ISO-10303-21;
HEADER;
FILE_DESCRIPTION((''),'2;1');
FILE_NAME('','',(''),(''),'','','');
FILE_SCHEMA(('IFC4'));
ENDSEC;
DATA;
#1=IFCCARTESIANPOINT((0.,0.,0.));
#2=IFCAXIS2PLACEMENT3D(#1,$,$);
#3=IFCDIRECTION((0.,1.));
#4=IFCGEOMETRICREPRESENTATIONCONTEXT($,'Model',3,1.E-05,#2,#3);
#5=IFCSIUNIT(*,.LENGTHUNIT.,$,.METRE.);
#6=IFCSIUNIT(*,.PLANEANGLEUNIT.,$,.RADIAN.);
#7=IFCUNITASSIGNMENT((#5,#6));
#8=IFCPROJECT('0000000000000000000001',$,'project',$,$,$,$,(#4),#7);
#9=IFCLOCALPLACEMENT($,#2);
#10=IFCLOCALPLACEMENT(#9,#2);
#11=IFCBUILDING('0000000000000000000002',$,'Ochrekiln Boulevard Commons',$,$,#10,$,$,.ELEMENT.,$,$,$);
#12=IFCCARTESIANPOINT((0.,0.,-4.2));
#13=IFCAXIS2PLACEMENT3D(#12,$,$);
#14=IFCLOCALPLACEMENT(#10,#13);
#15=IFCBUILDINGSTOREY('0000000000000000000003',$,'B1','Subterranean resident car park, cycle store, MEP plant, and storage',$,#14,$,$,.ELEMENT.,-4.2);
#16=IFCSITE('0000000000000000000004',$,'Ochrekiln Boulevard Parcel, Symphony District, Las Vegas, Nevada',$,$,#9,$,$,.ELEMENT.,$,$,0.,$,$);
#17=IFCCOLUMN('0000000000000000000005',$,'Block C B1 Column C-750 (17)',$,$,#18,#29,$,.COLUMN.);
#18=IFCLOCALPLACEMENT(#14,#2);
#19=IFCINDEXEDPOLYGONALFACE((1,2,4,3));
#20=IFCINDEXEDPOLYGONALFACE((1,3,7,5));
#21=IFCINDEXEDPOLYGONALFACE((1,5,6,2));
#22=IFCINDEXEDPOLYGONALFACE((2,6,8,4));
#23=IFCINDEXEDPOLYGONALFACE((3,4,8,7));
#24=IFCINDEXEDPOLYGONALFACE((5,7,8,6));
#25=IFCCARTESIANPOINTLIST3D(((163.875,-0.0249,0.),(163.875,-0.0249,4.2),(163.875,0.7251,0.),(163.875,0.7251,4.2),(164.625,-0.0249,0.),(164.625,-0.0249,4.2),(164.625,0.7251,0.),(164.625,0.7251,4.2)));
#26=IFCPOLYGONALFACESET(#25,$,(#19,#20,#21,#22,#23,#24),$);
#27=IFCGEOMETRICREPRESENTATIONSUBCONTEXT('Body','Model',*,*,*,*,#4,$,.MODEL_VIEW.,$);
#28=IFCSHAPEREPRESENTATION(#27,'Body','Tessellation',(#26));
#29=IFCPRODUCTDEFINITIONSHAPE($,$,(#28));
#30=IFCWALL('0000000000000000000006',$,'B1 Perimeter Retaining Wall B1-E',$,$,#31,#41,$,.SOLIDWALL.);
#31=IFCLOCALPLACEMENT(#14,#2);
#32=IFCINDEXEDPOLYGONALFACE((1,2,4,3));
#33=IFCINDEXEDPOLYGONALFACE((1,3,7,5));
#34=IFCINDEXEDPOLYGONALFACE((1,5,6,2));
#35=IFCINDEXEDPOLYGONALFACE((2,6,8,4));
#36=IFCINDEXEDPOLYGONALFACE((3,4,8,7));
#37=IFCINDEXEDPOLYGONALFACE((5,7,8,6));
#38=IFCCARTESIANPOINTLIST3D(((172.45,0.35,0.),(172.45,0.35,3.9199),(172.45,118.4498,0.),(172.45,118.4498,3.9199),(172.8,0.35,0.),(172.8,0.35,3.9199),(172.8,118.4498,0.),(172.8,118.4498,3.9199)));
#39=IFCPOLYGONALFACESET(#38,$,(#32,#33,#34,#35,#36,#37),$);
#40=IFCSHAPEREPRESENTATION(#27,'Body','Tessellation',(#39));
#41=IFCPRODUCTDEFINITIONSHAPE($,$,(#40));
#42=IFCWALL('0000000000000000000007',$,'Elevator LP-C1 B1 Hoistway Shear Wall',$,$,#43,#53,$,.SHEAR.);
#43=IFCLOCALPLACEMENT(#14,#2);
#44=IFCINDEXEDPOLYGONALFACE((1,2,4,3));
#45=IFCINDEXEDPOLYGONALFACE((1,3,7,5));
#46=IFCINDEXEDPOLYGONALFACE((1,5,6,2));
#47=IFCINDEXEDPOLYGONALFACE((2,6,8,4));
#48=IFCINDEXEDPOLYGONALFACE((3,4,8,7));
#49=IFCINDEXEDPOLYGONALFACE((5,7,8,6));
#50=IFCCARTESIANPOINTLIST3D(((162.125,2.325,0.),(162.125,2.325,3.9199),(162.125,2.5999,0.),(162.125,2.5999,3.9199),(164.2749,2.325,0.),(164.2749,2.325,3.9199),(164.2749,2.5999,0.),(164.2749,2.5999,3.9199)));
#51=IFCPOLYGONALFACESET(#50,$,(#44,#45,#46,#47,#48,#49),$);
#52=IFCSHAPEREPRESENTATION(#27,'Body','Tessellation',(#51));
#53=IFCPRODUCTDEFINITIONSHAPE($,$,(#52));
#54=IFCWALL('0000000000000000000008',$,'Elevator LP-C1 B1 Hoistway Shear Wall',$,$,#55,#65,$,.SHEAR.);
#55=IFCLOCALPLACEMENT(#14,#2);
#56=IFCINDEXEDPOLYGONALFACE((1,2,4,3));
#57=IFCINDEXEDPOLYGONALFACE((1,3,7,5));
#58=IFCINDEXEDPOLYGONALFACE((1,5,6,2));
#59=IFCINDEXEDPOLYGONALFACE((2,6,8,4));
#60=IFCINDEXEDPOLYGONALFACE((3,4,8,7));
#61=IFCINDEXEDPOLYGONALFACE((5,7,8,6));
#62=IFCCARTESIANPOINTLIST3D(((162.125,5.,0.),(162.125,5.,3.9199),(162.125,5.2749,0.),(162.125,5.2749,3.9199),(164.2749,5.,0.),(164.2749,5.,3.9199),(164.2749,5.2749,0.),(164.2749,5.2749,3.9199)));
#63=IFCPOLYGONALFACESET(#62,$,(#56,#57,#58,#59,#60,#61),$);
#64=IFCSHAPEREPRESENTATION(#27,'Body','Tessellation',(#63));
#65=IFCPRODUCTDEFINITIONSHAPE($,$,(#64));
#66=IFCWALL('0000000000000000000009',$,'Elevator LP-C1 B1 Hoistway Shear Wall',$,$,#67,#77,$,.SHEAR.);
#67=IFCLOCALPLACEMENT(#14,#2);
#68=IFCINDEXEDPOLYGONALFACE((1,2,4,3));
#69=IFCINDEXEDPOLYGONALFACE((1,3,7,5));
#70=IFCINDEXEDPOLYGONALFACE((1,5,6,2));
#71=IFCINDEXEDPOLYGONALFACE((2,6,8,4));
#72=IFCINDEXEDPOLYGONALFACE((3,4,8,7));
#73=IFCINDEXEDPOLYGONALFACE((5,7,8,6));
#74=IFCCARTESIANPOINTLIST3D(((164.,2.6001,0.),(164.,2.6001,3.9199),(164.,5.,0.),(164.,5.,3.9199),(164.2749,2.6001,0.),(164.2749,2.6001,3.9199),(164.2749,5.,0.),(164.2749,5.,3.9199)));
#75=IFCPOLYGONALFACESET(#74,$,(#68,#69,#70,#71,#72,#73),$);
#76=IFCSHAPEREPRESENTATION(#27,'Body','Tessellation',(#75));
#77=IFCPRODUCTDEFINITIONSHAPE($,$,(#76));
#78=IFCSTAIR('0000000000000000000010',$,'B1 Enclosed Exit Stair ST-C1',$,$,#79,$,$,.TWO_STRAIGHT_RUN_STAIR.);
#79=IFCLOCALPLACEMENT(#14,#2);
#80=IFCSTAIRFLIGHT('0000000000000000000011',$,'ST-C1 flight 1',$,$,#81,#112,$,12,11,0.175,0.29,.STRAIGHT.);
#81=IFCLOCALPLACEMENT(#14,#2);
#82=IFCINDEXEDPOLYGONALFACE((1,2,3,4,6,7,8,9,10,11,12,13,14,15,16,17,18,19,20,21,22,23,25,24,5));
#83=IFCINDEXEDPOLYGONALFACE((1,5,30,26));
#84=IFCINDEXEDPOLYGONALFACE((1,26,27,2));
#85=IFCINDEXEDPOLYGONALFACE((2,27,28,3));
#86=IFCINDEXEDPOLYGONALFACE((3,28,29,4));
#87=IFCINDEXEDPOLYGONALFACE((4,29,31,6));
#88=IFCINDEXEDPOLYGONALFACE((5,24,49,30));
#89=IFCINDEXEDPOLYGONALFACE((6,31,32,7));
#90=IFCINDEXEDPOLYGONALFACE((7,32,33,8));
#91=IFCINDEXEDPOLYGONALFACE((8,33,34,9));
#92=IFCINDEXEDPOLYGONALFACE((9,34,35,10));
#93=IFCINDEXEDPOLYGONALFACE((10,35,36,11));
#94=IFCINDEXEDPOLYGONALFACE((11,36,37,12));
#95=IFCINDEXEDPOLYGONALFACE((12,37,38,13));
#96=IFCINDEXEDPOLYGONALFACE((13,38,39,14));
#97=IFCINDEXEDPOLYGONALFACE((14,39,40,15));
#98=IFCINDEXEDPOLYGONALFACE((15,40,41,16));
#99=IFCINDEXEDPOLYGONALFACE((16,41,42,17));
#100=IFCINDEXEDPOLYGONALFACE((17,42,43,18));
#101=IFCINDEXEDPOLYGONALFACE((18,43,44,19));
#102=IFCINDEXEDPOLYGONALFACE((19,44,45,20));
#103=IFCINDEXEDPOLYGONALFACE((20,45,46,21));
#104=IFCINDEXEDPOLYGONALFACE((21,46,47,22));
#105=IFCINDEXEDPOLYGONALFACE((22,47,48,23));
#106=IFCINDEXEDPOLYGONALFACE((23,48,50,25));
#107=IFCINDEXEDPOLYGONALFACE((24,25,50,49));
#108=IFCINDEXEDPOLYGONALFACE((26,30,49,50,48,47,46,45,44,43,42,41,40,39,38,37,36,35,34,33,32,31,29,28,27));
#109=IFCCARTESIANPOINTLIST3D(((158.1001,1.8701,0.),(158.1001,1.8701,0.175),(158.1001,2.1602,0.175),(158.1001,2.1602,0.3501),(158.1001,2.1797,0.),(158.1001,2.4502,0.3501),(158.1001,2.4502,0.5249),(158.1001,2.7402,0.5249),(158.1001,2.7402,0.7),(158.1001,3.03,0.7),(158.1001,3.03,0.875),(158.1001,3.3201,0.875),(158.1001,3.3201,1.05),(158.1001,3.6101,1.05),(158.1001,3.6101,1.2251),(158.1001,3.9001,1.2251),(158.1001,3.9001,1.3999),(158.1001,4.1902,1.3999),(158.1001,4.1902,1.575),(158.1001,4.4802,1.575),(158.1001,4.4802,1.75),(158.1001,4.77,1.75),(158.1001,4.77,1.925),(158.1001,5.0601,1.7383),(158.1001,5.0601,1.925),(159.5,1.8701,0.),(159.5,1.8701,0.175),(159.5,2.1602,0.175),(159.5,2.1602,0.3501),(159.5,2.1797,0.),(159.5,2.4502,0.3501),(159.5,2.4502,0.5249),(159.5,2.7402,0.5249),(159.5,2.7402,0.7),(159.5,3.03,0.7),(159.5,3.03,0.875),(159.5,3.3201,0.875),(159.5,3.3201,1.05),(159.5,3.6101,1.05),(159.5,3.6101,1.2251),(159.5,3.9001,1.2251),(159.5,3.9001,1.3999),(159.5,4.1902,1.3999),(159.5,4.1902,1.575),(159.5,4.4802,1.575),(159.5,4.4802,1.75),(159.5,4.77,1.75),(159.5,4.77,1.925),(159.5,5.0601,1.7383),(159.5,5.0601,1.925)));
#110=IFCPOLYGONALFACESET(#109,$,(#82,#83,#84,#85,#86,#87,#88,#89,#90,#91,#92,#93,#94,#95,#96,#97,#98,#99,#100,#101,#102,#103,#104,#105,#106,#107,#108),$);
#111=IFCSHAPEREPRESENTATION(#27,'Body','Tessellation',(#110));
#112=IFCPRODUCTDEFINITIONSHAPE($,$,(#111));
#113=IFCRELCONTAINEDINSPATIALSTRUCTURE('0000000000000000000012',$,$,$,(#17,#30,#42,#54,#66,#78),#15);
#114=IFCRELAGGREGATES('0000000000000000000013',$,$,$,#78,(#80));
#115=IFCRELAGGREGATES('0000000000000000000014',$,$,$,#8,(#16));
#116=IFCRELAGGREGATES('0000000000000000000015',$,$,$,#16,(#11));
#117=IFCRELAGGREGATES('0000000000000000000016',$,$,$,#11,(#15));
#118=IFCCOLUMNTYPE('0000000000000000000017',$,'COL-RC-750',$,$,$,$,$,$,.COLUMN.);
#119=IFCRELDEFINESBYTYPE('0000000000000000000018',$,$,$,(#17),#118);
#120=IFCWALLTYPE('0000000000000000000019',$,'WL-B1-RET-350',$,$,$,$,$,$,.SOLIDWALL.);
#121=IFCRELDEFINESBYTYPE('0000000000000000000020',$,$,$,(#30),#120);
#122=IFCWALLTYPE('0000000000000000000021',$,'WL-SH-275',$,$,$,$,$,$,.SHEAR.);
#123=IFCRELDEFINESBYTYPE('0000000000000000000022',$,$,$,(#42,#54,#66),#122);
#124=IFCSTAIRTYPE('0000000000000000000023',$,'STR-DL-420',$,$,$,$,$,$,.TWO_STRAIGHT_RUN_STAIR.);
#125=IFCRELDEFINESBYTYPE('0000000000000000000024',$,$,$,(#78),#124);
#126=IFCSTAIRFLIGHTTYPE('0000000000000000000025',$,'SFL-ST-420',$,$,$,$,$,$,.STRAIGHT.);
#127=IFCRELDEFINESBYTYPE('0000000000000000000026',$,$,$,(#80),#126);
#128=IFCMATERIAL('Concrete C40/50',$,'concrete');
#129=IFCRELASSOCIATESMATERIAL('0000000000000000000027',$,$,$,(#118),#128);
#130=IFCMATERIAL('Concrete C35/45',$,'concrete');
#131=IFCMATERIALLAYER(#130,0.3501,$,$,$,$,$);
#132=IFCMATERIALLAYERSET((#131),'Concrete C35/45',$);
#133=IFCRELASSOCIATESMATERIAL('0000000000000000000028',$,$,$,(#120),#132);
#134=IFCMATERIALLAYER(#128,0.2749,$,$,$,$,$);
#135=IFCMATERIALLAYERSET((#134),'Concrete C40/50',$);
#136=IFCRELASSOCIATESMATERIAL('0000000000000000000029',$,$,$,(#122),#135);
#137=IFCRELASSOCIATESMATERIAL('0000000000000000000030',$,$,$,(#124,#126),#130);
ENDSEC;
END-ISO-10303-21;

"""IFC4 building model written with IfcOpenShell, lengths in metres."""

from ifc_helpers import new_model, si_unit, direction, frame, frame_2d, origin, origin_2d, place, context, subcontext, project, spatial, polyline, rectangle, outline, extrude, material, layer, layer_set, material_profile, profile_set, type_object, element, aggregate, save


model = new_model("IFC4")

# Units and contexts
model_context = context("Model", 3, precision=1e-05, world=origin(), true_north=direction((0.0, 1.0)))
body_context = subcontext(model_context, "Body", "Model", "MODEL_VIEW")
ifc_project = project(units=[si_unit("LENGTHUNIT", "METRE"), si_unit("PLANEANGLEUNIT", "RADIAN")], contexts=[model_context])

# Site, building, storey
site_placement = place(None, origin())
site = spatial("IfcSite", under=ifc_project, at=site_placement, Name="Ochrekiln Boulevard Parcel, Symphony District, Las Vegas, Nevada", CompositionType="ELEMENT", RefElevation=0.0)
building_placement = place(site_placement, origin())
building = spatial("IfcBuilding", under=site, at=building_placement, Name="Ochrekiln Boulevard Commons", CompositionType="ELEMENT")
storey_placement = place(building_placement, frame((0.0, 0.0, -4.2)))
storey = spatial("IfcBuildingStorey", under=building, at=storey_placement, Name="B1", Description="Subterranean resident car park, cycle store, MEP plant, and storage", CompositionType="ELEMENT", Elevation=-4.2)

# Shared definitions
ifc_material_1 = material(Name="Concrete C35/45", Category="concrete")

# Column
ifc_material_2 = material(Name="Concrete C40/50", Category="concrete")
ifc_material_profile_1 = material_profile(ifc_material_2, rectangle(XDim=0.75, YDim=0.75, at=origin_2d()), Name="RC-COL-750x750")
ifc_profile_set_1 = profile_set([ifc_material_profile_1], Name="Concrete C40/50")
column_type_1 = type_object("IfcColumnType", Name="COL-RC-750", PredefinedType="COLUMN", material=ifc_profile_set_1)
column_1_placement = place(storey_placement, frame((164.25, 0.3501, 0.0), z_axis=(0.0, 0.0, 1.0), x_axis=(1.0, 0.0, 0.0)))
element("IfcColumn", 1, at=column_1_placement, inside=storey, type_object=column_type_1, Name="Block C B1 Column C-750 (17)", PredefinedType="COLUMN", context=body_context, shape_type="SweptSolid", body=[
    extrude(rectangle(XDim=0.75, YDim=0.75, at=origin_2d()), origin(), (0.0, 0.0, 1.0), 4.2),
])

# Wall
ifc_layer_1 = layer(ifc_material_1, 0.3501)
ifc_layer_set_1 = layer_set([ifc_layer_1], Name="Concrete C35/45")
wall_type_1 = type_object("IfcWallType", Name="WL-B1-RET-350", PredefinedType="SOLIDWALL", material=ifc_layer_set_1)
wall_1_placement = place(storey_placement, frame((172.625, 0.3501, 0.0), z_axis=(0.0, 0.0, 1.0), x_axis=(0.0, 1.0, 0.0)))
element("IfcWall", 2, at=wall_1_placement, inside=storey, type_object=wall_type_1, Name="B1 Perimeter Retaining Wall B1-E", PredefinedType="SOLIDWALL", context=body_context, shape_type="SweptSolid", body=[
    extrude(rectangle(XDim=118.0999, YDim=0.3501, at=frame_2d((59.0498, 0.0))), origin(), (0.0, 0.0, 1.0), 3.9199),
])

# Walls
ifc_layer_2 = layer(ifc_material_2, 0.2749)
ifc_layer_set_2 = layer_set([ifc_layer_2], Name="Concrete C40/50")
wall_type_2 = type_object("IfcWallType", Name="WL-SH-275", PredefinedType="SHEAR", material=ifc_layer_set_2)
for number, where, z_axis, x_axis, name in (
    (3, (162.125, 2.4624, 0.0), (0.0, 0.0, 1.0), (1.0, 0.0, 0.0), "Elevator LP-C1 B1 Hoistway Shear Wall"),
    (4, (162.125, 5.1375, 0.0), (0.0, 0.0, 1.0), (1.0, 0.0, 0.0), "Elevator LP-C1 B1 Hoistway Shear Wall"),
):
    element("IfcWall", number, at=place(storey_placement, frame(where, z_axis=z_axis, x_axis=x_axis)), inside=storey, type_object=wall_type_2, Name=name, PredefinedType="SHEAR", context=body_context, shape_type="SweptSolid", body=[
        extrude(rectangle(XDim=2.1499, YDim=0.2749, at=frame_2d((1.075, 0.0))), origin(), (0.0, 0.0, 1.0), 3.9199),
    ])

# Wall
wall_2_placement = place(storey_placement, frame((164.1375, 2.6001, 0.0), z_axis=(0.0, 0.0, 1.0), x_axis=(0.0, 1.0, 0.0)))
element("IfcWall", 5, at=wall_2_placement, inside=storey, type_object=wall_type_2, Name="Elevator LP-C1 B1 Hoistway Shear Wall", PredefinedType="SHEAR", context=body_context, shape_type="SweptSolid", body=[
    extrude(rectangle(XDim=2.3999, YDim=0.2749, at=frame_2d((1.2, 0.0))), origin(), (0.0, 0.0, 1.0), 3.9199),
])

# Stair, stair flight
stair_type = type_object("IfcStairType", Name="STR-DL-420", PredefinedType="TWO_STRAIGHT_RUN_STAIR", material=ifc_material_1)
stair_placement = place(storey_placement, origin())
stair = element("IfcStair", 6, at=stair_placement, inside=storey, type_object=stair_type, Name="B1 Enclosed Exit Stair ST-C1", PredefinedType="TWO_STRAIGHT_RUN_STAIR")
stair_flight_type = type_object("IfcStairFlightType", Name="SFL-ST-420", PredefinedType="STRAIGHT", material=ifc_material_1)
stair_flight_placement = place(storey_placement, frame((158.8, 1.8701, 0.0), z_axis=(0.0, 0.0, 1.0), x_axis=(0.0, 1.0, 0.0)))
stair_flight = element("IfcStairFlight", 7, at=stair_flight_placement, type_object=stair_flight_type, Name="ST-C1 flight 1", NumberOfRisers=12, NumberOfTreads=11, PredefinedType="STRAIGHT", RiserHeight=0.175, TreadLength=0.29, context=body_context, shape_type="SweptSolid", body=[
    extrude(outline(polyline([(0.0, 0.0), (0.0, 0.175), (0.29, 0.175), (0.29, 0.3501), (0.5801, 0.3501), (0.5801, 0.5249), (0.8701, 0.5249), (0.8701, 0.7), (1.1599, 0.7), (1.1599, 0.875), (1.45, 0.875), (1.45, 1.05), (1.74, 1.05), (1.74, 1.2251), (2.03, 1.2251), (2.03, 1.3999), (2.3201, 1.3999), (2.3201, 1.575), (2.6101, 1.575), (2.6101, 1.75), (2.8999, 1.75), (2.8999, 1.925), (3.1899, 1.925), (3.1899, 2.1001), (3.1899, 1.7383), (0.3096, 0.0), (0.0, 0.0)])), frame((0.0, 0.7, 0.0), z_axis=(0.0, -1.0, 0.0), x_axis=(1.0, 0.0, 0.0)), (0.0, 0.0, 1.0), 1.3999),
])
aggregate(stair, [stair_flight])

save(model, "model.ifc")
